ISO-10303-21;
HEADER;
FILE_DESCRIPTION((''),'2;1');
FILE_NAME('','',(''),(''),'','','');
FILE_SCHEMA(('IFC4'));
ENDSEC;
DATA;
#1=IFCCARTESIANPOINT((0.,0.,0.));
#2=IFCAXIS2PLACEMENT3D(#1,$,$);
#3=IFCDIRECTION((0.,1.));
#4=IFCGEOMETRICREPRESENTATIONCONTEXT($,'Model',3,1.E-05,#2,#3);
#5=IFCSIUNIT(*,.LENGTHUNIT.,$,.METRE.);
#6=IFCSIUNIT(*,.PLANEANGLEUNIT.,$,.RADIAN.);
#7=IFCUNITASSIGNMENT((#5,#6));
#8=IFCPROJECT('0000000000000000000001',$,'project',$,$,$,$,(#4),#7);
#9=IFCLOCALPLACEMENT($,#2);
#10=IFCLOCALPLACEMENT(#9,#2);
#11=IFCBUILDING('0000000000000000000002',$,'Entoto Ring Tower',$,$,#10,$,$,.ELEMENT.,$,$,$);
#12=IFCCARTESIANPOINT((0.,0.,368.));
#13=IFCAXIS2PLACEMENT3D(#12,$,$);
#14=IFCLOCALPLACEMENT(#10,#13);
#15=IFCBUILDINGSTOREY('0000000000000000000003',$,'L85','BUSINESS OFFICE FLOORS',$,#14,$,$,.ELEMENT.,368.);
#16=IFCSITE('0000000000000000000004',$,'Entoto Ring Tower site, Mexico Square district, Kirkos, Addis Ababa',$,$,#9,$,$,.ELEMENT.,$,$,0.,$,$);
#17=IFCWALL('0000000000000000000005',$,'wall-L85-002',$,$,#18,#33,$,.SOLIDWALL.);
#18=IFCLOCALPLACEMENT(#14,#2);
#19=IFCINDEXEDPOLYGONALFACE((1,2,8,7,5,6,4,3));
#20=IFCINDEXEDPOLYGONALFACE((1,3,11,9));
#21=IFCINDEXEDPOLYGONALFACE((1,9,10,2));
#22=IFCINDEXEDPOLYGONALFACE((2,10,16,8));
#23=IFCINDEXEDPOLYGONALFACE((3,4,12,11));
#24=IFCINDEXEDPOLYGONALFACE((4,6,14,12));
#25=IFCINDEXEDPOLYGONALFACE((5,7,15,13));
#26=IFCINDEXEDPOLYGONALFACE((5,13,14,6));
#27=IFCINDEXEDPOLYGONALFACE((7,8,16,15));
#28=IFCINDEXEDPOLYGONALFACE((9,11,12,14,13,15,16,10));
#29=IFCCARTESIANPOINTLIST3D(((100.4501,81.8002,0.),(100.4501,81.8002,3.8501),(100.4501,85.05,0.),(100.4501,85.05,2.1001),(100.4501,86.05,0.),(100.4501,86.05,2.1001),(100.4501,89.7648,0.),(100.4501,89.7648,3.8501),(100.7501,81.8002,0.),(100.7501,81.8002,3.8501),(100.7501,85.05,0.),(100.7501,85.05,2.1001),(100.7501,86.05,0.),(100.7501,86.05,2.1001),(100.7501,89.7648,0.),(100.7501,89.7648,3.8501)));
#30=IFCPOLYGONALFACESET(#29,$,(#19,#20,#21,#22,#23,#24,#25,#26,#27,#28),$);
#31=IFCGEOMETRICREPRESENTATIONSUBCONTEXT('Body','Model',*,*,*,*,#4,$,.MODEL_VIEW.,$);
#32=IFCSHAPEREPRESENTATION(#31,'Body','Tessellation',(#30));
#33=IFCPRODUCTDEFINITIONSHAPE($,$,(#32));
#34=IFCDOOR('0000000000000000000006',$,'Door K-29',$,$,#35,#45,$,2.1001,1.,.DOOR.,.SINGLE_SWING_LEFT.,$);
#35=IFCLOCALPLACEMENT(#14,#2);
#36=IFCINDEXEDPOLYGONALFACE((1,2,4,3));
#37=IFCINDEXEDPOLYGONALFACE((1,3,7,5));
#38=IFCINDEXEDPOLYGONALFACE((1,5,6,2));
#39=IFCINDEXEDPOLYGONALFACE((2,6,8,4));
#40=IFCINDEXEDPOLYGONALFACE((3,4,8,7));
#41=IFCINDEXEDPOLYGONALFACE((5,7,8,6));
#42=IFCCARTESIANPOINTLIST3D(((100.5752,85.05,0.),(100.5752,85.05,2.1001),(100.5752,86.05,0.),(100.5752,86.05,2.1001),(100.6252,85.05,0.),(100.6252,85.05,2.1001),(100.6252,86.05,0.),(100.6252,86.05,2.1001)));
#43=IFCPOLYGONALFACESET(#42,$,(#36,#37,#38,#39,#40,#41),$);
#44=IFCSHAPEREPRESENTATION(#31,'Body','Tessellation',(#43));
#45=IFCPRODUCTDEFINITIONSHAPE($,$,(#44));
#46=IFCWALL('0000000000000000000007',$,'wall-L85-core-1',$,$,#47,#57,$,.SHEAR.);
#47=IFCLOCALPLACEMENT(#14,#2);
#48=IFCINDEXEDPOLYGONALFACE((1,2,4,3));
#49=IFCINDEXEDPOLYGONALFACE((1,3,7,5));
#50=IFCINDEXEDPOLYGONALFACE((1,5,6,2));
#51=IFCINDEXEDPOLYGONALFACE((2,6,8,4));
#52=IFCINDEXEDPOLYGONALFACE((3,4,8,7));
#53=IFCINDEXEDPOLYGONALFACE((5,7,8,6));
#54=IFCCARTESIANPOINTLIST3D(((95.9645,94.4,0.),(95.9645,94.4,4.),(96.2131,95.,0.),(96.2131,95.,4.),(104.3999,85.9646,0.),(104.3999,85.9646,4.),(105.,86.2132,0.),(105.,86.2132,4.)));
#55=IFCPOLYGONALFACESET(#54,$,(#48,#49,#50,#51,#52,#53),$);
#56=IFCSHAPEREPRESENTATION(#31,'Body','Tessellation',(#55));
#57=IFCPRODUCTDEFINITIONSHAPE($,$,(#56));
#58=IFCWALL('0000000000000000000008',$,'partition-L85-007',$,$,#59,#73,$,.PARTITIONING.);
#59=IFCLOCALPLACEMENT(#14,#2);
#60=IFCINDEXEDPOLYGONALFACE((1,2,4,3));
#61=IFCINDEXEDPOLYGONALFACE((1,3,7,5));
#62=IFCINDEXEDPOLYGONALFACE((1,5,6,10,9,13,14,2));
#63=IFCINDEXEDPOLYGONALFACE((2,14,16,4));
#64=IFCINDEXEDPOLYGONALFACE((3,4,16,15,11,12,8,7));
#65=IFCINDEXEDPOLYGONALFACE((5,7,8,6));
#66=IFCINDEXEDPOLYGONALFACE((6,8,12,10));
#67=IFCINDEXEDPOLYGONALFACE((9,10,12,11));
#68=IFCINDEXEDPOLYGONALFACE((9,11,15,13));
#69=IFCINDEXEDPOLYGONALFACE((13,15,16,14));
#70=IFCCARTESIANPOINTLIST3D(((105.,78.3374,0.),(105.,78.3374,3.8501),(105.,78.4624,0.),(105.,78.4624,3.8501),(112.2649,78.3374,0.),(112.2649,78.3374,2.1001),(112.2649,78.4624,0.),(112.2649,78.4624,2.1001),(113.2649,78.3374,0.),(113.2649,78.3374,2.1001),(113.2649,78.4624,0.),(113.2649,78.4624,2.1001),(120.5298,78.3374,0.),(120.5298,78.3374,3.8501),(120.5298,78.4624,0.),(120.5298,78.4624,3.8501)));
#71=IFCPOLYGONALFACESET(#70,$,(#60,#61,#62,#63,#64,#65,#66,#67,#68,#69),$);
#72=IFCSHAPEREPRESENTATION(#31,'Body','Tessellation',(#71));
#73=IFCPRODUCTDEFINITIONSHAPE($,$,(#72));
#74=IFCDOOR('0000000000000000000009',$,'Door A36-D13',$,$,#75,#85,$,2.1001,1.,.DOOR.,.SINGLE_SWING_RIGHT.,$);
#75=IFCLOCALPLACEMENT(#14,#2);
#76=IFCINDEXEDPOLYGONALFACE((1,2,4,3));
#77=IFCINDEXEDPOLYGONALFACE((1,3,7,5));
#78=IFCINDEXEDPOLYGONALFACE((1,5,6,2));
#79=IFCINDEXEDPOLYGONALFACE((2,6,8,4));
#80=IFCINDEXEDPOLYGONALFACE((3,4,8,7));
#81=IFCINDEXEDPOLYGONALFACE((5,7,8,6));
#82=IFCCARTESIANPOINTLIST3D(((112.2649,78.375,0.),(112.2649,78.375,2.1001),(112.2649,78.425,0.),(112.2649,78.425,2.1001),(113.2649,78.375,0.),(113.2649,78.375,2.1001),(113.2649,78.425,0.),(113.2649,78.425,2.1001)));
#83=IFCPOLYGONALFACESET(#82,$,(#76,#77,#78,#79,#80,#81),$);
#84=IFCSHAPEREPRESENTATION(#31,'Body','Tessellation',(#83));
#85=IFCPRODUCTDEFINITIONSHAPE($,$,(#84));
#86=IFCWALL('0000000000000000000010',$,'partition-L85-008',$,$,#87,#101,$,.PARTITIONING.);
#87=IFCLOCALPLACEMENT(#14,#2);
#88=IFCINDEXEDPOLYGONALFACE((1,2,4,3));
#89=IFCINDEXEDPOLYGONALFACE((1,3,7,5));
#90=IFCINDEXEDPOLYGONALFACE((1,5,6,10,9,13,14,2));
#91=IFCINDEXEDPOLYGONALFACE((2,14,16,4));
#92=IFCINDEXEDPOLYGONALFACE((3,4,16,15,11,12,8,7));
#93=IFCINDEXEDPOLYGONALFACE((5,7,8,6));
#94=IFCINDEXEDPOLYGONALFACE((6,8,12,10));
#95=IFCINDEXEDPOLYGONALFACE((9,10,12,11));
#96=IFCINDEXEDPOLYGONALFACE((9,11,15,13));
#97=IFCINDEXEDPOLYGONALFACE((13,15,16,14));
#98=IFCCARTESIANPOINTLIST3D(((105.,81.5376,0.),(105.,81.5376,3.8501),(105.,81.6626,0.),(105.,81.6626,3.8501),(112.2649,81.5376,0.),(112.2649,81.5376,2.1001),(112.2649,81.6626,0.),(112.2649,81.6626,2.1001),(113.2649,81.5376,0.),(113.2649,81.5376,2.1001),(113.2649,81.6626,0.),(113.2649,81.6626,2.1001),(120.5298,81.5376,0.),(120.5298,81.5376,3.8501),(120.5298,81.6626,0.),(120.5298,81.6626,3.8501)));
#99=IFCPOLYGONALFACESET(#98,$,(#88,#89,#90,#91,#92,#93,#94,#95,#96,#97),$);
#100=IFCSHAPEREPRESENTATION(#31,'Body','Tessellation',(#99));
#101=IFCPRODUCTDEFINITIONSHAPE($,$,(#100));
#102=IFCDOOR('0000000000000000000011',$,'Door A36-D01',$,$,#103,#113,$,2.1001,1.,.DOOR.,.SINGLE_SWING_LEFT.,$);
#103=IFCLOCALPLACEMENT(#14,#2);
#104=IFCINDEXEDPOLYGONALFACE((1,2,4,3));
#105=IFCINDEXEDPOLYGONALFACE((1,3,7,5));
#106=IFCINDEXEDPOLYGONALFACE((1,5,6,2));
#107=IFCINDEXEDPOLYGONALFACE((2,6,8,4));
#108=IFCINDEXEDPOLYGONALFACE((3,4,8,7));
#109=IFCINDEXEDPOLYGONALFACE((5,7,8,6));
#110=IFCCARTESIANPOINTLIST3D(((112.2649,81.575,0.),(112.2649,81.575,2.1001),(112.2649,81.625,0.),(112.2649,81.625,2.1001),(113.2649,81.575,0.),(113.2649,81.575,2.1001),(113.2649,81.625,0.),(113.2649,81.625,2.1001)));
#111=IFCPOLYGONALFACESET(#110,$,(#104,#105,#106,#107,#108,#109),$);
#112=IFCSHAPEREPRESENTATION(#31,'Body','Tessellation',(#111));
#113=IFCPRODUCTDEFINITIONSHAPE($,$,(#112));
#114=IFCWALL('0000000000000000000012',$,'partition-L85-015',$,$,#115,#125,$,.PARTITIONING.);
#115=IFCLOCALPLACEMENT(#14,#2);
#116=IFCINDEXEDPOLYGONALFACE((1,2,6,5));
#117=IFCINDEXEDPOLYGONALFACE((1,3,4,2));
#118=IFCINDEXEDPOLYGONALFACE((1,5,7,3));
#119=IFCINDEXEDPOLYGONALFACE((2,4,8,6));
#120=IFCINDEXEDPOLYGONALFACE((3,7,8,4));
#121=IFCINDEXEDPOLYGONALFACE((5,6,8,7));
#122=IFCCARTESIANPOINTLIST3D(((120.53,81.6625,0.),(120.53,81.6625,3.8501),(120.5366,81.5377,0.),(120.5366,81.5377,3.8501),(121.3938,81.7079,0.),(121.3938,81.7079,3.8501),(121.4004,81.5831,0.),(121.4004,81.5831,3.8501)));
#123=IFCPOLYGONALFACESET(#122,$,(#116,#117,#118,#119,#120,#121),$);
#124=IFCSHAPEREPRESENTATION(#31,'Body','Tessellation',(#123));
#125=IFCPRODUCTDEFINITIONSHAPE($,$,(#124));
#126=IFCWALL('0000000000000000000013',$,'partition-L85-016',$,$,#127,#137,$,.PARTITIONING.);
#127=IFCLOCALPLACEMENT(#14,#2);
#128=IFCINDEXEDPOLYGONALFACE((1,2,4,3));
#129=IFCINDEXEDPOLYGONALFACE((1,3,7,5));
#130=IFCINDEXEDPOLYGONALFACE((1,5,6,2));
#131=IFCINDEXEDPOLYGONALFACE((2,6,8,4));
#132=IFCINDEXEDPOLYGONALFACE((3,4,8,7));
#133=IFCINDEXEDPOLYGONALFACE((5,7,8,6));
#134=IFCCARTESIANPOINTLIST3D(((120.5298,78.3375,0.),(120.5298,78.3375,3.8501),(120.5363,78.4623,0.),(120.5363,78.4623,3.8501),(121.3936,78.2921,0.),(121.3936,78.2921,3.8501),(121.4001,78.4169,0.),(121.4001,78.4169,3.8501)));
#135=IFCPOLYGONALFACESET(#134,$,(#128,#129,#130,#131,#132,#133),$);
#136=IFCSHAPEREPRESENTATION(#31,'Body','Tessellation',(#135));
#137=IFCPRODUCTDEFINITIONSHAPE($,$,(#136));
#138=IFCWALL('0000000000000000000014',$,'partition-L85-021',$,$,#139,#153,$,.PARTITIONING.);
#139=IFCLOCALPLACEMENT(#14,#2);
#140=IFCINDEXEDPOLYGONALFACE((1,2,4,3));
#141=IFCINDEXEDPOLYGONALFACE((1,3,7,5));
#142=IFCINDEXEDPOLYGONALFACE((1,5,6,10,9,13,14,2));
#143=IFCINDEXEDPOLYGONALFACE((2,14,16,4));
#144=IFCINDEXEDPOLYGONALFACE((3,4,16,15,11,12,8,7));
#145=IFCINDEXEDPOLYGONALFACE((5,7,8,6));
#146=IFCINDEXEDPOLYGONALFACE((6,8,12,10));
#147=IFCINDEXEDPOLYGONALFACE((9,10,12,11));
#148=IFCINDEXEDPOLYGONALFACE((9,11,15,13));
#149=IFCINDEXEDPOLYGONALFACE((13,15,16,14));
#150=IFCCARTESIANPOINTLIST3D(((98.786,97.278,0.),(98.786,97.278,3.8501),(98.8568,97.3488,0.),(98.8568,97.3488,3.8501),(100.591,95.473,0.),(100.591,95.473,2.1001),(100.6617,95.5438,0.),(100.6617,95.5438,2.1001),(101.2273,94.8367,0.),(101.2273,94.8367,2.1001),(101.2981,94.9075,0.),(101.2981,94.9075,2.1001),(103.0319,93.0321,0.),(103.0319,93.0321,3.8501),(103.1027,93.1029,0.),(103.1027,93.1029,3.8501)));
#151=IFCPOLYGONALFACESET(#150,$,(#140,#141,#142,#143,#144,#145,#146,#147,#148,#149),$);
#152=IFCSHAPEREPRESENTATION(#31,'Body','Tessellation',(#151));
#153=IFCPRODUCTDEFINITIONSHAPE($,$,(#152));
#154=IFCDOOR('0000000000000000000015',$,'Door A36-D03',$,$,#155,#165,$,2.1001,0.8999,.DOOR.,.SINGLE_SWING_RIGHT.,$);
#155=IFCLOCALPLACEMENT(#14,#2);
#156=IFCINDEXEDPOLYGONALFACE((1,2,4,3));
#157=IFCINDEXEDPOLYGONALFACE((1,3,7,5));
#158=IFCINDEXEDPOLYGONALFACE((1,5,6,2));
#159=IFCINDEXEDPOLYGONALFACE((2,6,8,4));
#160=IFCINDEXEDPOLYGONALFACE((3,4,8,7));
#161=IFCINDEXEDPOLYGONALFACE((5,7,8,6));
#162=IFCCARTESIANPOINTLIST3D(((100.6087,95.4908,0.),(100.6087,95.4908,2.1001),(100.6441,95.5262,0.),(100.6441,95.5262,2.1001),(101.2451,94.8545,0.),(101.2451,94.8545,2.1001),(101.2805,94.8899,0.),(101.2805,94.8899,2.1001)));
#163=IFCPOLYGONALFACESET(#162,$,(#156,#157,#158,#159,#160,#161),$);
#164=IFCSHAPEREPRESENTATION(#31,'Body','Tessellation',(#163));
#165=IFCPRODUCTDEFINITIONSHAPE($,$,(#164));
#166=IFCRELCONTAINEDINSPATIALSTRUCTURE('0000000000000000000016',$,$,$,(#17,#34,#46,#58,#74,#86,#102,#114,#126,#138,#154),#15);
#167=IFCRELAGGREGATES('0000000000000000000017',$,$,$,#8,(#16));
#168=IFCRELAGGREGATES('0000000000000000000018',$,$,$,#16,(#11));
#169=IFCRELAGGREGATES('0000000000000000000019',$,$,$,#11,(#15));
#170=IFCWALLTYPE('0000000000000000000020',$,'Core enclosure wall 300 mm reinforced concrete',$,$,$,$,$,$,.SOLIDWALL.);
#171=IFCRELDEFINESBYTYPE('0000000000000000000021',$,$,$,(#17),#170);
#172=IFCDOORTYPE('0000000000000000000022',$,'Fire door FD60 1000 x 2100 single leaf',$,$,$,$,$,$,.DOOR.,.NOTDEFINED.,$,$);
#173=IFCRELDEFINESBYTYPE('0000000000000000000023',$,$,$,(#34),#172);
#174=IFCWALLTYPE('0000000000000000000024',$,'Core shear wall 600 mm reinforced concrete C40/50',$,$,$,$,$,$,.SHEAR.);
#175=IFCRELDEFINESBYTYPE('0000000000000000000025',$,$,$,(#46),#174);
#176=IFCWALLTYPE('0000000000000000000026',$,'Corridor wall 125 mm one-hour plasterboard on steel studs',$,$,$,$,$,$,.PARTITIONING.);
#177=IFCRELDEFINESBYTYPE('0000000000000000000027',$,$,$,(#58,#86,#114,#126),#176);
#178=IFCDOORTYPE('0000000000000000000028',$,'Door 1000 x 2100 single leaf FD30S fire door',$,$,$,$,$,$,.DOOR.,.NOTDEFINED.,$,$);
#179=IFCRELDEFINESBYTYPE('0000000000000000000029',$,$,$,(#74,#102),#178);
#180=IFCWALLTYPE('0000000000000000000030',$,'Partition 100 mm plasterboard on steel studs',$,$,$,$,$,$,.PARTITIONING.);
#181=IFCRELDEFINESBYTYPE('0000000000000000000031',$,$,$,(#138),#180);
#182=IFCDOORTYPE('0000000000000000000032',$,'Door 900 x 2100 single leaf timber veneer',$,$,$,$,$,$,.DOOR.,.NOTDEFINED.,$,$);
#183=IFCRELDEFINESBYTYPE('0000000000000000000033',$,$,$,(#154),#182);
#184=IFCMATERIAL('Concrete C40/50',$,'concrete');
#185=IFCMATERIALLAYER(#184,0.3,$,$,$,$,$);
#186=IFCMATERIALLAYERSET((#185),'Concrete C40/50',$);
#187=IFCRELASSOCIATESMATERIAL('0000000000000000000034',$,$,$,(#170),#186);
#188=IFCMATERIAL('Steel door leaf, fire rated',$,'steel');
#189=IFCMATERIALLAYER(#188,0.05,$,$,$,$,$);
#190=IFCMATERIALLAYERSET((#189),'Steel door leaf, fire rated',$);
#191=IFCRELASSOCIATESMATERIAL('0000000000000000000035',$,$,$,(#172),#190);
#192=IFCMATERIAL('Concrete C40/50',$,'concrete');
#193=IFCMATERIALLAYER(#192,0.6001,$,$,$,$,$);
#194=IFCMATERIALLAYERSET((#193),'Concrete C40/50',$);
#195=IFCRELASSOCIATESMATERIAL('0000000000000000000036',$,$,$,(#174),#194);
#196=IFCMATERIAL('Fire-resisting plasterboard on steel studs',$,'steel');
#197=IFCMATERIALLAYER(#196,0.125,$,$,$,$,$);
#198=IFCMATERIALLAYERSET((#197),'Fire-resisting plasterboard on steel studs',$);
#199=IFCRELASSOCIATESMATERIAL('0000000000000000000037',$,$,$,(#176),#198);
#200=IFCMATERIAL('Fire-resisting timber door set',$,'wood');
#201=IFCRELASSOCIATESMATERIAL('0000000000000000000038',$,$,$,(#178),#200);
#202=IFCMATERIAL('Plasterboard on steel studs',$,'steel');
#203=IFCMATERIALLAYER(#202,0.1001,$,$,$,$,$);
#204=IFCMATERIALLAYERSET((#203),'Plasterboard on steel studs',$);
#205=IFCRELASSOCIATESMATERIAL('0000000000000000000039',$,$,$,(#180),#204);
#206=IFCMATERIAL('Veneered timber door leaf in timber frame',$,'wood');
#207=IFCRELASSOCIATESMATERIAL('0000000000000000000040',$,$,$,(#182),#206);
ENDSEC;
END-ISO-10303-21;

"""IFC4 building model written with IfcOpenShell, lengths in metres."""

from ifc_helpers import new_model, si_unit, direction, frame, frame_2d, origin, place, context, subcontext, project, spatial, polyline, rectangle, outline, extrude, material, layer, layer_set, type_object, element, fill, save


model = new_model("IFC4")

# Units and contexts
model_context = context("Model", 3, precision=1e-05, world=origin(), true_north=direction((0.0, 1.0)))
body_context = subcontext(model_context, "Body", "Model", "MODEL_VIEW")
ifc_project = project(units=[si_unit("LENGTHUNIT", "METRE"), si_unit("PLANEANGLEUNIT", "RADIAN")], contexts=[model_context])

# Site, building, storey
site_placement = place(None, origin())
site = spatial("IfcSite", under=ifc_project, at=site_placement, Name="Entoto Ring Tower site, Mexico Square district, Kirkos, Addis Ababa", CompositionType="ELEMENT", RefElevation=0.0)
building_placement = place(site_placement, origin())
building = spatial("IfcBuilding", under=site, at=building_placement, Name="Entoto Ring Tower", CompositionType="ELEMENT")
storey_placement = place(building_placement, frame((0.0, 0.0, 368.0)))
storey = spatial("IfcBuildingStorey", under=building, at=storey_placement, Name="L85", Description="BUSINESS OFFICE FLOORS", CompositionType="ELEMENT", Elevation=368.0)

# Wall, opening, door
ifc_material_1 = material(Name="Concrete C40/50", Category="concrete")
ifc_layer_1 = layer(ifc_material_1, 0.3)
ifc_layer_set_1 = layer_set([ifc_layer_1], Name="Concrete C40/50")
wall_type_1 = type_object("IfcWallType", Name="Core enclosure wall 300 mm reinforced concrete", PredefinedType="SOLIDWALL", material=ifc_layer_set_1)
wall_1_placement = place(storey_placement, frame((100.6001, 81.8, 0.0), z_axis=(0.0, 0.0, 1.0), x_axis=(0.0, 1.0, 0.0)))
wall_1 = element("IfcWall", 1, at=wall_1_placement, inside=storey, type_object=wall_type_1, Name="wall-L85-002", PredefinedType="SOLIDWALL", context=body_context, shape_type="SweptSolid", body=[
    extrude(rectangle(XDim=7.9646, YDim=0.3, at=frame_2d((3.9824, 0.0))), origin(), (0.0, 0.0, 1.0), 3.8501),
])
opening_1_placement = place(wall_1_placement, frame((3.25, 0.0, 0.0)))
opening_1 = element("IfcOpeningElement", 2, at=opening_1_placement, cuts=wall_1, PredefinedType="OPENING", context=body_context, shape_type="SweptSolid", body=[
    extrude(rectangle(XDim=1.0, YDim=2.1001, at=frame_2d((0.5, 1.05))), frame((0.0, 0.1602, 0.0), z_axis=(0.0, -1.0, 0.0), x_axis=(1.0, 0.0, 0.0)), (0.0, 0.0, 1.0), 0.3201),
])
ifc_material_2 = material(Name="Steel door leaf, fire rated", Category="steel")
ifc_layer_2 = layer(ifc_material_2, 0.05)
ifc_layer_set_2 = layer_set([ifc_layer_2], Name="Steel door leaf, fire rated")
door_type_1 = type_object("IfcDoorType", Name="Fire door FD60 1000 x 2100 single leaf", OperationType="NOTDEFINED", PredefinedType="DOOR", material=ifc_layer_set_2)
door_1_placement = place(opening_1_placement, origin())
door_1 = element("IfcDoor", 3, at=door_1_placement, inside=storey, type_object=door_type_1, Name="Door K-29", OperationType="SINGLE_SWING_LEFT", OverallHeight=2.1001, OverallWidth=1.0, PredefinedType="DOOR", context=body_context, shape_type="SweptSolid", body=[
    extrude(rectangle(XDim=1.0, YDim=2.1001, at=frame_2d((0.5, 1.05))), frame((0.0, 0.0249, 0.0), z_axis=(0.0, -1.0, 0.0), x_axis=(1.0, 0.0, 0.0)), (0.0, 0.0, 1.0), 0.05),
])
fill(opening_1, door_1)

# Wall
ifc_material_3 = material(Name="Concrete C40/50", Category="concrete")
ifc_layer_3 = layer(ifc_material_3, 0.6001)
ifc_layer_set_3 = layer_set([ifc_layer_3], Name="Concrete C40/50")
wall_type_2 = type_object("IfcWallType", Name="Core shear wall 600 mm reinforced concrete C40/50", PredefinedType="SHEAR", material=ifc_layer_set_3)
wall_2_placement = place(storey_placement, frame((104.7, 86.0889, 0.0), z_axis=(0.0, 0.0, 1.0), x_axis=(-0.707107, 0.707107, 0.0)))
element("IfcWall", 4, at=wall_2_placement, inside=storey, type_object=wall_type_2, Name="wall-L85-core-1", PredefinedType="SHEAR", context=body_context, shape_type="SweptSolid", body=[
    extrude(outline(polyline([(-0.1243, -0.3), (12.3022, -0.3), (12.0537, 0.3), (0.1243, 0.3), (-0.1243, -0.3)])), origin(), (0.0, 0.0, 1.0), 4.0),
])

# Walls, openings, doors
ifc_material_4 = material(Name="Fire-resisting plasterboard on steel studs", Category="steel")
ifc_layer_4 = layer(ifc_material_4, 0.125)
ifc_layer_set_4 = layer_set([ifc_layer_4], Name="Fire-resisting plasterboard on steel studs")
wall_type_3 = type_object("IfcWallType", Name="Corridor wall 125 mm one-hour plasterboard on steel studs", PredefinedType="PARTITIONING", material=ifc_layer_set_4)
wall_3_placement = place(storey_placement, frame((105.0, 78.3999, 0.0), z_axis=(0.0, 0.0, 1.0), x_axis=(1.0, 0.0, 0.0)))
wall_3 = element("IfcWall", 5, at=wall_3_placement, inside=storey, type_object=wall_type_3, Name="partition-L85-007", PredefinedType="PARTITIONING", context=body_context, shape_type="SweptSolid", body=[
    extrude(rectangle(XDim=15.5298, YDim=0.125, at=frame_2d((7.7649, 0.0))), origin(), (0.0, 0.0, 1.0), 3.8501),
])
opening_2_placement = place(wall_3_placement, frame((7.2649, 0.0, 0.0)))
opening_2 = element("IfcOpeningElement", 6, at=opening_2_placement, cuts=wall_3, PredefinedType="OPENING", context=body_context, shape_type="SweptSolid", body=[
    extrude(rectangle(XDim=1.0, YDim=2.1001, at=frame_2d((0.5, 1.05))), frame((0.0, 0.0725, 0.0), z_axis=(0.0, -1.0, 0.0), x_axis=(1.0, 0.0, 0.0)), (0.0, 0.0, 1.0), 0.145),
])
ifc_material_5 = material(Name="Fire-resisting timber door set", Category="wood")
door_type_2 = type_object("IfcDoorType", Name="Door 1000 x 2100 single leaf FD30S fire door", OperationType="NOTDEFINED", PredefinedType="DOOR", material=ifc_material_5)
door_2_placement = place(opening_2_placement, frame((1.0, 0.0, 0.0), z_axis=(0.0, 0.0, 1.0), x_axis=(-1.0, 0.0, 0.0)))
door_2 = element("IfcDoor", 7, at=door_2_placement, inside=storey, type_object=door_type_2, Name="Door A36-D13", OperationType="SINGLE_SWING_RIGHT", OverallHeight=2.1001, OverallWidth=1.0, PredefinedType="DOOR", context=body_context, shape_type="SweptSolid", body=[
    extrude(rectangle(XDim=1.0, YDim=2.1001, at=frame_2d((0.5, 1.05))), frame((0.0, 0.0249, 0.0), z_axis=(0.0, -1.0, 0.0), x_axis=(1.0, 0.0, 0.0)), (0.0, 0.0, 1.0), 0.05),
])
fill(opening_2, door_2)
wall_4_placement = place(storey_placement, frame((105.0, 81.6001, 0.0), z_axis=(0.0, 0.0, 1.0), x_axis=(1.0, 0.0, 0.0)))
wall_4 = element("IfcWall", 8, at=wall_4_placement, inside=storey, type_object=wall_type_3, Name="partition-L85-008", PredefinedType="PARTITIONING", context=body_context, shape_type="SweptSolid", body=[
    extrude(rectangle(XDim=15.5298, YDim=0.125, at=frame_2d((7.7649, 0.0))), origin(), (0.0, 0.0, 1.0), 3.8501),
])
opening_3_placement = place(wall_4_placement, frame((7.2649, 0.0, 0.0)))
opening_3 = element("IfcOpeningElement", 9, at=opening_3_placement, cuts=wall_4, PredefinedType="OPENING", context=body_context, shape_type="SweptSolid", body=[
    extrude(rectangle(XDim=1.0, YDim=2.1001, at=frame_2d((0.5, 1.05))), frame((0.0, 0.0725, 0.0), z_axis=(0.0, -1.0, 0.0), x_axis=(1.0, 0.0, 0.0)), (0.0, 0.0, 1.0), 0.145),
])
door_3_placement = place(opening_3_placement, origin())
door_3 = element("IfcDoor", 10, at=door_3_placement, inside=storey, type_object=door_type_2, Name="Door A36-D01", OperationType="SINGLE_SWING_LEFT", OverallHeight=2.1001, OverallWidth=1.0, PredefinedType="DOOR", context=body_context, shape_type="SweptSolid", body=[
    extrude(rectangle(XDim=1.0, YDim=2.1001, at=frame_2d((0.5, 1.05))), frame((0.0, 0.0249, 0.0), z_axis=(0.0, -1.0, 0.0), x_axis=(1.0, 0.0, 0.0)), (0.0, 0.0, 1.0), 0.05),
])
fill(opening_3, door_3)

# Walls
for number, where, z_axis, x_axis, name in (
    (11, (120.5332, 81.6001, 0.0), (0.0, 0.0, 1.0), (0.998621, 0.0525, 0.0), "partition-L85-015"),
    (12, (121.397, 78.3545, 0.0), (0.0, 0.0, 1.0), (-0.998621, 0.0525, 0.0), "partition-L85-016"),
):
    element("IfcWall", number, at=place(storey_placement, frame(where, z_axis=z_axis, x_axis=x_axis)), inside=storey, type_object=wall_type_3, Name=name, PredefinedType="PARTITIONING", context=body_context, shape_type="SweptSolid", body=[
        extrude(rectangle(XDim=0.865, YDim=0.125, at=frame_2d((0.4326, 0.0))), origin(), (0.0, 0.0, 1.0), 3.8501),
    ])

# Wall, opening, door
ifc_material_6 = material(Name="Plasterboard on steel studs", Category="steel")
ifc_layer_5 = layer(ifc_material_6, 0.1001)
ifc_layer_set_5 = layer_set([ifc_layer_5], Name="Plasterboard on steel studs")
wall_type_4 = type_object("IfcWallType", Name="Partition 100 mm plasterboard on steel studs", PredefinedType="PARTITIONING", material=ifc_layer_set_5)
wall_5_placement = place(storey_placement, frame((103.0674, 93.0674, 0.0), z_axis=(0.0, 0.0, 1.0), x_axis=(-0.707107, 0.707107, 0.0)))
wall_5 = element("IfcWall", 13, at=wall_5_placement, inside=storey, type_object=wall_type_4, Name="partition-L85-021", PredefinedType="PARTITIONING", context=body_context, shape_type="SweptSolid", body=[
    extrude(rectangle(XDim=6.0046, YDim=0.1001, at=frame_2d((3.0024, 0.0))), origin(), (0.0, 0.0, 1.0), 3.8501),
])
opening_4_placement = place(wall_5_placement, frame((2.5522, 0.0, 0.0)))
opening_4 = element("IfcOpeningElement", 14, at=opening_4_placement, cuts=wall_5, PredefinedType="OPENING", context=body_context, shape_type="SweptSolid", body=[
    extrude(rectangle(XDim=0.8999, YDim=2.1001, at=frame_2d((0.45, 1.05))), frame((0.0, 0.0601, 0.0), z_axis=(0.0, -1.0, 0.0), x_axis=(1.0, 0.0, 0.0)), (0.0, 0.0, 1.0), 0.1201),
])
ifc_material_7 = material(Name="Veneered timber door leaf in timber frame", Category="wood")
door_type_3 = type_object("IfcDoorType", Name="Door 900 x 2100 single leaf timber veneer", OperationType="NOTDEFINED", PredefinedType="DOOR", material=ifc_material_7)
door_4_placement = place(opening_4_placement, origin())
door_4 = element("IfcDoor", 15, at=door_4_placement, inside=storey, type_object=door_type_3, Name="Door A36-D03", OperationType="SINGLE_SWING_RIGHT", OverallHeight=2.1001, OverallWidth=0.8999, PredefinedType="DOOR", context=body_context, shape_type="SweptSolid", body=[
    extrude(rectangle(XDim=0.8999, YDim=2.1001, at=frame_2d((0.45, 1.05))), frame((0.0, 0.0249, 0.0), z_axis=(0.0, -1.0, 0.0), x_axis=(1.0, 0.0, 0.0)), (0.0, 0.0, 1.0), 0.05),
])
fill(opening_4, door_4)

save(model, "model.ifc")
